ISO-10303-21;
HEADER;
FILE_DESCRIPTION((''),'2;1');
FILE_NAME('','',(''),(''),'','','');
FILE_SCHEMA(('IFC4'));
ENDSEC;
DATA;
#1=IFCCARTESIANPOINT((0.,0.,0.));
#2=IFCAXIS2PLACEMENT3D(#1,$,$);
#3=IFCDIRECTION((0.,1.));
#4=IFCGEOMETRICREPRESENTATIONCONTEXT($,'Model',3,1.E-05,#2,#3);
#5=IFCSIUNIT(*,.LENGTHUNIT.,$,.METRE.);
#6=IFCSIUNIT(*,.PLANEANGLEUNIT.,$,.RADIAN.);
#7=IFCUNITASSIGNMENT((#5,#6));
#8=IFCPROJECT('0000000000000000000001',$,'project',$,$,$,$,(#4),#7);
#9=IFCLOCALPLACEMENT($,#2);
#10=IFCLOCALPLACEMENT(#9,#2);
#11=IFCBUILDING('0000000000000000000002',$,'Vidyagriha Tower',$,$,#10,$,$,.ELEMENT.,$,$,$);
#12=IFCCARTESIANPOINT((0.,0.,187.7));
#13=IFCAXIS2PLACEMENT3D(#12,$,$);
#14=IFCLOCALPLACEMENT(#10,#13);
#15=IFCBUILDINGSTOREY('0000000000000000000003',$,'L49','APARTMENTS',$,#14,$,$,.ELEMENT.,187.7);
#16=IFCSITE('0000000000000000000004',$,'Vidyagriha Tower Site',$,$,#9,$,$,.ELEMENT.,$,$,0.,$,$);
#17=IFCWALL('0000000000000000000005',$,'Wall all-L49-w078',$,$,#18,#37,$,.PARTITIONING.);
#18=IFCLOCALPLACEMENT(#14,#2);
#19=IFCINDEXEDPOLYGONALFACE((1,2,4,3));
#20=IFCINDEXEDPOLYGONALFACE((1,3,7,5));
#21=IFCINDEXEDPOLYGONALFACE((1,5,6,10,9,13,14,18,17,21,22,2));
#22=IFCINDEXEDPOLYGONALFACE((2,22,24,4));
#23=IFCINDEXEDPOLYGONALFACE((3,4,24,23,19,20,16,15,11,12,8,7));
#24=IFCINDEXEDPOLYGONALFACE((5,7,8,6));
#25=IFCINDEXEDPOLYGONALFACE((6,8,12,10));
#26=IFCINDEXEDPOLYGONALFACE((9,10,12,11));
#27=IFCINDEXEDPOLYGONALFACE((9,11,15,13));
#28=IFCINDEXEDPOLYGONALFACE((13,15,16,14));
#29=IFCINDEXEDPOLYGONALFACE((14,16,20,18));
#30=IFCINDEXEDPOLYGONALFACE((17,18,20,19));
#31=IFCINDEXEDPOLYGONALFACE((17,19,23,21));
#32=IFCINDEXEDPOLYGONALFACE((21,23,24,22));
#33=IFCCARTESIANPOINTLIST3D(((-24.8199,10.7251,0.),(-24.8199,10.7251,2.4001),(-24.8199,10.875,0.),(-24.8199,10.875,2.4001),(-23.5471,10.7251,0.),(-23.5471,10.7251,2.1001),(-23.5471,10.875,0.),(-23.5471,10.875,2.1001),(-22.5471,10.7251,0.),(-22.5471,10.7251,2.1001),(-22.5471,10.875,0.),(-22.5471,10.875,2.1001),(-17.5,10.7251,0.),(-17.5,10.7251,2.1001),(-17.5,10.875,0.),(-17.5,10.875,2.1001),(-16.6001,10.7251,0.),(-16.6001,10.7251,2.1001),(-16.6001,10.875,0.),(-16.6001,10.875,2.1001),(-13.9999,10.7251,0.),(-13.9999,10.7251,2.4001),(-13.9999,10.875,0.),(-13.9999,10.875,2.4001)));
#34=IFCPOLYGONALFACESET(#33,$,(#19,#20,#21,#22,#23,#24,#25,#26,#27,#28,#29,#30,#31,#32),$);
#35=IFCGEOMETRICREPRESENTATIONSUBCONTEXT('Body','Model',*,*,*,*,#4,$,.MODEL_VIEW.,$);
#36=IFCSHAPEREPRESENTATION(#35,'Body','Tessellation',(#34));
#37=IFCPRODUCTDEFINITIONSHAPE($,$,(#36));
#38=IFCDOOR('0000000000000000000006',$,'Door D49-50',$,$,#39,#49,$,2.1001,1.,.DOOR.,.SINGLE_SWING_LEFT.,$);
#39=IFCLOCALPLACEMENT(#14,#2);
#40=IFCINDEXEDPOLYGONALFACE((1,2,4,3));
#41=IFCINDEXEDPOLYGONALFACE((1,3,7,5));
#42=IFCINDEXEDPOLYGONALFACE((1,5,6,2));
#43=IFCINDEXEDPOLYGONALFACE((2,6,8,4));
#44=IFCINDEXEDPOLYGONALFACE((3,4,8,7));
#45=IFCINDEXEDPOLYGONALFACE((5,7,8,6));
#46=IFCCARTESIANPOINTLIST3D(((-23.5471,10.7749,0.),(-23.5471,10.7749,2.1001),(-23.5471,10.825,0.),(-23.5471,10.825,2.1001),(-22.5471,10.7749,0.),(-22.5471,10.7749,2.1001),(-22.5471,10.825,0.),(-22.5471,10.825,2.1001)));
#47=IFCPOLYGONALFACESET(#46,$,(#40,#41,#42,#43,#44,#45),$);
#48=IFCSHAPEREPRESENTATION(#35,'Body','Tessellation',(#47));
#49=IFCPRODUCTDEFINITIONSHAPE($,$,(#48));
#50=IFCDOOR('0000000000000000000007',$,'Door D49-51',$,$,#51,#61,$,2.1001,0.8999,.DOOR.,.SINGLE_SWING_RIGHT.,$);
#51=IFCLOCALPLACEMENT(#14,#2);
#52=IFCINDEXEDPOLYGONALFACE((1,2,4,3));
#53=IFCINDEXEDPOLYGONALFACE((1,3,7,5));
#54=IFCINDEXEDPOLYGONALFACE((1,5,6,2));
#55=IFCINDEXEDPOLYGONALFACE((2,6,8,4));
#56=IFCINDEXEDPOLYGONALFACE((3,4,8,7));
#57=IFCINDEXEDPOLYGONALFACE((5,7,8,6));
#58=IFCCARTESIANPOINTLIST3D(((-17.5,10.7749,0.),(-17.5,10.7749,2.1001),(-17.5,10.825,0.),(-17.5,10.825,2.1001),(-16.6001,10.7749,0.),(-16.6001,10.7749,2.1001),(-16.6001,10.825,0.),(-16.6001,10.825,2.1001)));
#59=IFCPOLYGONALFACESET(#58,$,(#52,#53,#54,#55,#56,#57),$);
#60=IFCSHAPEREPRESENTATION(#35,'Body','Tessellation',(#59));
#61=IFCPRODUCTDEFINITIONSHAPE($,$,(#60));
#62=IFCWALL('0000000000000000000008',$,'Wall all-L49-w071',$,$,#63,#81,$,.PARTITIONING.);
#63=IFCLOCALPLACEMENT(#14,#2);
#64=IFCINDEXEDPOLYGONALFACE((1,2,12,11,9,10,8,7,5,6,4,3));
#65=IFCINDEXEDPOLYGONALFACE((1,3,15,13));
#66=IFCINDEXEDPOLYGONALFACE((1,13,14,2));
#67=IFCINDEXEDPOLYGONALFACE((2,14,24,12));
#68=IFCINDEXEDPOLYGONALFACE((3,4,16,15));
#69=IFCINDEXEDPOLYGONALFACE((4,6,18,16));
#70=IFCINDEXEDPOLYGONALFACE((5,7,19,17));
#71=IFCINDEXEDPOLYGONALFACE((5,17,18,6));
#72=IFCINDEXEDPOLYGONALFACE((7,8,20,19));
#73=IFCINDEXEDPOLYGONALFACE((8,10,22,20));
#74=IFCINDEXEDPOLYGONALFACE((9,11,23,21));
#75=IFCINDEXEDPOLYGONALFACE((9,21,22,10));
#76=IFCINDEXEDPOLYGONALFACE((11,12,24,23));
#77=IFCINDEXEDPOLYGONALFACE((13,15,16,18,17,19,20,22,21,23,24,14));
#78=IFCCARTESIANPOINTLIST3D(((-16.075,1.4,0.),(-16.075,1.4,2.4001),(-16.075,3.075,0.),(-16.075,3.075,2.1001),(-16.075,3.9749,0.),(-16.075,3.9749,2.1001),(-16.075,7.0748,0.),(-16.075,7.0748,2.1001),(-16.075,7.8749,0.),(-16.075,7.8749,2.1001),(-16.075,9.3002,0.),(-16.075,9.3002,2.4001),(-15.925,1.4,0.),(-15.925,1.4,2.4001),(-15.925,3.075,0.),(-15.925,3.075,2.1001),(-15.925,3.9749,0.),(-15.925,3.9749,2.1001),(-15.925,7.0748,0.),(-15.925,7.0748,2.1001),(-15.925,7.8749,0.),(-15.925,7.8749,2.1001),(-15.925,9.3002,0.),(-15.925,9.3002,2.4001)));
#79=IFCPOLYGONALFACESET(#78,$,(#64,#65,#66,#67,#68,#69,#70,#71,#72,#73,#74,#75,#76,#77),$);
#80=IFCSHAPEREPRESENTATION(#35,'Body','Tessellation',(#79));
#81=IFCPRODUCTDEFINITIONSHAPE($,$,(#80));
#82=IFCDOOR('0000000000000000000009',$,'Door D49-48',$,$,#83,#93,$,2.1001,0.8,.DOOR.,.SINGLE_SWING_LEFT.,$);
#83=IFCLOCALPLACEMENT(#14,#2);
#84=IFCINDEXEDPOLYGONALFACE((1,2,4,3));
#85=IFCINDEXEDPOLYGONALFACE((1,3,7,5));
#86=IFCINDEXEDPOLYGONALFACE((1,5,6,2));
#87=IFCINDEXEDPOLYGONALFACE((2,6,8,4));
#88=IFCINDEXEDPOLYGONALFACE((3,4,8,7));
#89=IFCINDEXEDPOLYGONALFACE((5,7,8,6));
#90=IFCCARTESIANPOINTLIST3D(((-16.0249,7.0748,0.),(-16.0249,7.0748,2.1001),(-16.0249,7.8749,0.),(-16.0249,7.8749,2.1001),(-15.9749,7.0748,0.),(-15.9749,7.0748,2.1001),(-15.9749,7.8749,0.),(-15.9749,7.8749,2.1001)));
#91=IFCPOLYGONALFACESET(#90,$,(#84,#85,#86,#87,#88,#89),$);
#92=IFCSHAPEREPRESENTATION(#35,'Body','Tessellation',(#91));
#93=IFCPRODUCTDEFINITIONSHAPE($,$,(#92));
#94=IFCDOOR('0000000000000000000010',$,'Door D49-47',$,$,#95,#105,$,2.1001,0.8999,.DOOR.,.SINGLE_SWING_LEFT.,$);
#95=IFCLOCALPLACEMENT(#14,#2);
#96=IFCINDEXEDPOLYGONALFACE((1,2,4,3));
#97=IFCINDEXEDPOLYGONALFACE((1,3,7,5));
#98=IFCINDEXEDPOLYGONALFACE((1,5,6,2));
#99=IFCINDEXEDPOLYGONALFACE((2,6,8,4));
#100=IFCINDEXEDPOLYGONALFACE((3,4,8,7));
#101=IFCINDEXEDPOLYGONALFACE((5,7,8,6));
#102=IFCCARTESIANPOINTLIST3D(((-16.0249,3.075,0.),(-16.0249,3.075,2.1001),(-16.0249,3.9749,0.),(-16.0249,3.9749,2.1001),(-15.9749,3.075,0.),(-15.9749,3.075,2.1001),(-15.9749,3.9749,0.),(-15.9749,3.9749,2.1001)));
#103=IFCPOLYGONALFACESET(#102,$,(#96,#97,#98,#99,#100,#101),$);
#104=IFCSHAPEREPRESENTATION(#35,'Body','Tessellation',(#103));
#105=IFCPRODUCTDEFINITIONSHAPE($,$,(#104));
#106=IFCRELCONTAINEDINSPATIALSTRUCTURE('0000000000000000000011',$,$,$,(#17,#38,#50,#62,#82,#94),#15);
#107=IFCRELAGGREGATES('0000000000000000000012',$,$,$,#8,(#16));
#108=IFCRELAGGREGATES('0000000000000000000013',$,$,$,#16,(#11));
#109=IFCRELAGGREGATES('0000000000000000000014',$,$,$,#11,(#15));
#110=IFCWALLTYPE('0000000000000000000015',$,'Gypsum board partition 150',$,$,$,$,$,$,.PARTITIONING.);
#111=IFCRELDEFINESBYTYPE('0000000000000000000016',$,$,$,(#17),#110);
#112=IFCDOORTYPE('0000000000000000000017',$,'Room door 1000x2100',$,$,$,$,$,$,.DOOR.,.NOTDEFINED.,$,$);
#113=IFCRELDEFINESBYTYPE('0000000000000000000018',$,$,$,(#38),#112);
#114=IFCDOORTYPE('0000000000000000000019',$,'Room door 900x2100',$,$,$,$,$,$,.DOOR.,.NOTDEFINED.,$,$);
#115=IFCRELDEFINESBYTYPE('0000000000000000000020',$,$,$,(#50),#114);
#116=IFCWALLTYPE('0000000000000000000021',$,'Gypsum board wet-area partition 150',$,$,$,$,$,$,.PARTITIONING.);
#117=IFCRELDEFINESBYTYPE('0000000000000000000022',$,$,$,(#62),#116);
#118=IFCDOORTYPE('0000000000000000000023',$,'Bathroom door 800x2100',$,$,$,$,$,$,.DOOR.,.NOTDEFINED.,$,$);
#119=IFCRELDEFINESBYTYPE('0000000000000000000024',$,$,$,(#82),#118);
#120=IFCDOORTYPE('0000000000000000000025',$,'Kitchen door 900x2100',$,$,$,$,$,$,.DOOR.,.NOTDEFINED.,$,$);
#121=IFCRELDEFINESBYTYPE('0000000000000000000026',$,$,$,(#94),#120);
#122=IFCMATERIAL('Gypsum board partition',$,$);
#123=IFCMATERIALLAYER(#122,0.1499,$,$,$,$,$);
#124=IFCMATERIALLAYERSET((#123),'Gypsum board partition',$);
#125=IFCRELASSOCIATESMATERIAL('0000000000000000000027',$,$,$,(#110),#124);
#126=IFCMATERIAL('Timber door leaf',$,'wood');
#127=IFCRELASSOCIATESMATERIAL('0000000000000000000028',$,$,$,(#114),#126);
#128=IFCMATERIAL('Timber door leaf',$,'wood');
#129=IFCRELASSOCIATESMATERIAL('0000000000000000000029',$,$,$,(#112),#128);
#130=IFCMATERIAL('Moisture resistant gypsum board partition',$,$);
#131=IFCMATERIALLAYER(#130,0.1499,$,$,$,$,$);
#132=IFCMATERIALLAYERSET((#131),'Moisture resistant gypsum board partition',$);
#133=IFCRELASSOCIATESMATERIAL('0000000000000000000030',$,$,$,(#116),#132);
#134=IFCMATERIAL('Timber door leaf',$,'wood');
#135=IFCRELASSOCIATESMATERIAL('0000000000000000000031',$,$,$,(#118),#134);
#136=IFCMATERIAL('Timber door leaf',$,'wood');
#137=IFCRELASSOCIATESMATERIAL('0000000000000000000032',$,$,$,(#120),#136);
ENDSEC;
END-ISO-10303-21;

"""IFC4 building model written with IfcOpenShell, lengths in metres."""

from ifc_helpers import new_model, si_unit, direction, frame, frame_2d, origin, place, context, subcontext, project, spatial, rectangle, extrude, material, layer, layer_set, type_object, element, fill, save


model = new_model("IFC4")

# Units and contexts
model_context = context("Model", 3, precision=1e-05, world=origin(), true_north=direction((0.0, 1.0)))
body_context = subcontext(model_context, "Body", "Model", "MODEL_VIEW")
ifc_project = project(units=[si_unit("LENGTHUNIT", "METRE"), si_unit("PLANEANGLEUNIT", "RADIAN")], contexts=[model_context])

# Site, building, storey
site_placement = place(None, origin())
site = spatial("IfcSite", under=ifc_project, at=site_placement, Name="Vidyagriha Tower Site", CompositionType="ELEMENT", RefElevation=0.0)
building_placement = place(site_placement, origin())
building = spatial("IfcBuilding", under=site, at=building_placement, Name="Vidyagriha Tower", CompositionType="ELEMENT")
storey_placement = place(building_placement, frame((0.0, 0.0, 187.7)))
storey = spatial("IfcBuildingStorey", under=building, at=storey_placement, Name="L49", Description="APARTMENTS", CompositionType="ELEMENT", Elevation=187.7)

# Shared definitions
ifc_material_1 = material(Name="Gypsum board partition")
ifc_layer_1 = layer(ifc_material_1, 0.1499)
ifc_layer_set_1 = layer_set([ifc_layer_1], Name="Gypsum board partition")
wall_type_1 = type_object("IfcWallType", Name="Gypsum board partition 150", PredefinedType="PARTITIONING", material=ifc_layer_set_1)

# Shared definitions
ifc_material_2 = material(Name="Timber door leaf", Category="wood")
door_type_1 = type_object("IfcDoorType", Name="Room door 900x2100", OperationType="NOTDEFINED", PredefinedType="DOOR", material=ifc_material_2)

# Walls, openings, doors
wall_1_placement = place(storey_placement, frame((-24.8201, 10.8, 0.0)))
wall_1 = element("IfcWall", 1, at=wall_1_placement, inside=storey, type_object=wall_type_1, Name="Wall all-L49-w078", PredefinedType="PARTITIONING", context=body_context, shape_type="SweptSolid", body=[
    extrude(rectangle(XDim=10.8201, YDim=0.1499, at=frame_2d((5.4102, 0.0))), origin(), (0.0, 0.0, 1.0), 2.4001),
])
opening_1_placement = place(wall_1_placement, frame((1.2729, 0.0, 0.0)))
opening_1 = element("IfcOpeningElement", 2, at=opening_1_placement, cuts=wall_1, PredefinedType="OPENING", context=body_context, shape_type="SweptSolid", body=[
    extrude(rectangle(XDim=1.0, YDim=2.1001, at=frame_2d((0.5, 1.05))), frame((0.0, 0.085, 0.0), z_axis=(0.0, -1.0, 0.0), x_axis=(1.0, 0.0, 0.0)), (0.0, 0.0, 1.0), 0.1699),
])
opening_2_placement = place(wall_1_placement, frame((7.3201, 0.0, 0.0)))
opening_2 = element("IfcOpeningElement", 3, at=opening_2_placement, cuts=wall_1, PredefinedType="OPENING", context=body_context, shape_type="SweptSolid", body=[
    extrude(rectangle(XDim=0.8999, YDim=2.1001, at=frame_2d((0.45, 1.05))), frame((0.0, 0.085, 0.0), z_axis=(0.0, -1.0, 0.0), x_axis=(1.0, 0.0, 0.0)), (0.0, 0.0, 1.0), 0.1699),
])
ifc_material_3 = material(Name="Timber door leaf", Category="wood")
door_type_2 = type_object("IfcDoorType", Name="Room door 1000x2100", OperationType="NOTDEFINED", PredefinedType="DOOR", material=ifc_material_3)
door_1_placement = place(opening_1_placement, origin())
door_1 = element("IfcDoor", 4, at=door_1_placement, inside=storey, type_object=door_type_2, Name="Door D49-50", OperationType="SINGLE_SWING_LEFT", OverallHeight=2.1001, OverallWidth=1.0, PredefinedType="DOOR", context=body_context, shape_type="SweptSolid", body=[
    extrude(rectangle(XDim=1.0, YDim=2.1001, at=frame_2d((0.5, 1.05))), frame((0.0, 0.0249, 0.0), z_axis=(0.0, -1.0, 0.0), x_axis=(1.0, 0.0, 0.0)), (0.0, 0.0, 1.0), 0.05),
])
fill(opening_1, door_1)
door_2_placement = place(opening_2_placement, origin())
door_2 = element("IfcDoor", 5, at=door_2_placement, inside=storey, type_object=door_type_1, Name="Door D49-51", OperationType="SINGLE_SWING_RIGHT", OverallHeight=2.1001, OverallWidth=0.8999, PredefinedType="DOOR", context=body_context, shape_type="SweptSolid", body=[
    extrude(rectangle(XDim=0.8999, YDim=2.1001, at=frame_2d((0.45, 1.05))), frame((0.0, 0.0249, 0.0), z_axis=(0.0, -1.0, 0.0), x_axis=(1.0, 0.0, 0.0)), (0.0, 0.0, 1.0), 0.05),
])
fill(opening_2, door_2)
ifc_material_4 = material(Name="Moisture resistant gypsum board partition")
ifc_layer_2 = layer(ifc_material_4, 0.1499)
ifc_layer_set_2 = layer_set([ifc_layer_2], Name="Moisture resistant gypsum board partition")
wall_type_2 = type_object("IfcWallType", Name="Gypsum board wet-area partition 150", PredefinedType="PARTITIONING", material=ifc_layer_set_2)
wall_2_placement = place(storey_placement, frame((-16.0, 1.3999, 0.0), z_axis=(0.0, 0.0, 1.0), x_axis=(0.0, 1.0, 0.0)))
wall_2 = element("IfcWall", 6, at=wall_2_placement, inside=storey, type_object=wall_type_2, Name="Wall all-L49-w071", PredefinedType="PARTITIONING", context=body_context, shape_type="SweptSolid", body=[
    extrude(rectangle(XDim=7.9001, YDim=0.1499, at=frame_2d((3.9502, 0.0))), origin(), (0.0, 0.0, 1.0), 2.4001),
])
opening_3_placement = place(wall_2_placement, frame((1.675, 0.0, 0.0)))
opening_3 = element("IfcOpeningElement", 7, at=opening_3_placement, cuts=wall_2, PredefinedType="OPENING", context=body_context, shape_type="SweptSolid", body=[
    extrude(rectangle(XDim=0.8999, YDim=2.1001, at=frame_2d((0.45, 1.05))), frame((0.0, 0.085, 0.0), z_axis=(0.0, -1.0, 0.0), x_axis=(1.0, 0.0, 0.0)), (0.0, 0.0, 1.0), 0.1699),
])
opening_4_placement = place(wall_2_placement, frame((5.675, 0.0, 0.0)))
opening_4 = element("IfcOpeningElement", 8, at=opening_4_placement, cuts=wall_2, PredefinedType="OPENING", context=body_context, shape_type="SweptSolid", body=[
    extrude(rectangle(XDim=0.8, YDim=2.1001, at=frame_2d((0.3999, 1.05))), frame((0.0, 0.085, 0.0), z_axis=(0.0, -1.0, 0.0), x_axis=(1.0, 0.0, 0.0)), (0.0, 0.0, 1.0), 0.1699),
])
ifc_material_5 = material(Name="Timber door leaf", Category="wood")
door_type_3 = type_object("IfcDoorType", Name="Bathroom door 800x2100", OperationType="NOTDEFINED", PredefinedType="DOOR", material=ifc_material_5)
door_3_placement = place(opening_4_placement, origin())
door_3 = element("IfcDoor", 9, at=door_3_placement, inside=storey, type_object=door_type_3, Name="Door D49-48", OperationType="SINGLE_SWING_LEFT", OverallHeight=2.1001, OverallWidth=0.8, PredefinedType="DOOR", context=body_context, shape_type="SweptSolid", body=[
    extrude(rectangle(XDim=0.8, YDim=2.1001, at=frame_2d((0.3999, 1.05))), frame((0.0, 0.0249, 0.0), z_axis=(0.0, -1.0, 0.0), x_axis=(1.0, 0.0, 0.0)), (0.0, 0.0, 1.0), 0.05),
])
fill(opening_4, door_3)
ifc_material_6 = material(Name="Timber door leaf", Category="wood")
door_type_4 = type_object("IfcDoorType", Name="Kitchen door 900x2100", OperationType="NOTDEFINED", PredefinedType="DOOR", material=ifc_material_6)
door_4_placement = place(opening_3_placement, origin())
door_4 = element("IfcDoor", 10, at=door_4_placement, inside=storey, type_object=door_type_4, Name="Door D49-47", OperationType="SINGLE_SWING_LEFT", OverallHeight=2.1001, OverallWidth=0.8999, PredefinedType="DOOR", context=body_context, shape_type="SweptSolid", body=[
    extrude(rectangle(XDim=0.8999, YDim=2.1001, at=frame_2d((0.45, 1.05))), frame((0.0, 0.0249, 0.0), z_axis=(0.0, -1.0, 0.0), x_axis=(1.0, 0.0, 0.0)), (0.0, 0.0, 1.0), 0.05),
])
fill(opening_3, door_4)

save(model, "model.ifc")
